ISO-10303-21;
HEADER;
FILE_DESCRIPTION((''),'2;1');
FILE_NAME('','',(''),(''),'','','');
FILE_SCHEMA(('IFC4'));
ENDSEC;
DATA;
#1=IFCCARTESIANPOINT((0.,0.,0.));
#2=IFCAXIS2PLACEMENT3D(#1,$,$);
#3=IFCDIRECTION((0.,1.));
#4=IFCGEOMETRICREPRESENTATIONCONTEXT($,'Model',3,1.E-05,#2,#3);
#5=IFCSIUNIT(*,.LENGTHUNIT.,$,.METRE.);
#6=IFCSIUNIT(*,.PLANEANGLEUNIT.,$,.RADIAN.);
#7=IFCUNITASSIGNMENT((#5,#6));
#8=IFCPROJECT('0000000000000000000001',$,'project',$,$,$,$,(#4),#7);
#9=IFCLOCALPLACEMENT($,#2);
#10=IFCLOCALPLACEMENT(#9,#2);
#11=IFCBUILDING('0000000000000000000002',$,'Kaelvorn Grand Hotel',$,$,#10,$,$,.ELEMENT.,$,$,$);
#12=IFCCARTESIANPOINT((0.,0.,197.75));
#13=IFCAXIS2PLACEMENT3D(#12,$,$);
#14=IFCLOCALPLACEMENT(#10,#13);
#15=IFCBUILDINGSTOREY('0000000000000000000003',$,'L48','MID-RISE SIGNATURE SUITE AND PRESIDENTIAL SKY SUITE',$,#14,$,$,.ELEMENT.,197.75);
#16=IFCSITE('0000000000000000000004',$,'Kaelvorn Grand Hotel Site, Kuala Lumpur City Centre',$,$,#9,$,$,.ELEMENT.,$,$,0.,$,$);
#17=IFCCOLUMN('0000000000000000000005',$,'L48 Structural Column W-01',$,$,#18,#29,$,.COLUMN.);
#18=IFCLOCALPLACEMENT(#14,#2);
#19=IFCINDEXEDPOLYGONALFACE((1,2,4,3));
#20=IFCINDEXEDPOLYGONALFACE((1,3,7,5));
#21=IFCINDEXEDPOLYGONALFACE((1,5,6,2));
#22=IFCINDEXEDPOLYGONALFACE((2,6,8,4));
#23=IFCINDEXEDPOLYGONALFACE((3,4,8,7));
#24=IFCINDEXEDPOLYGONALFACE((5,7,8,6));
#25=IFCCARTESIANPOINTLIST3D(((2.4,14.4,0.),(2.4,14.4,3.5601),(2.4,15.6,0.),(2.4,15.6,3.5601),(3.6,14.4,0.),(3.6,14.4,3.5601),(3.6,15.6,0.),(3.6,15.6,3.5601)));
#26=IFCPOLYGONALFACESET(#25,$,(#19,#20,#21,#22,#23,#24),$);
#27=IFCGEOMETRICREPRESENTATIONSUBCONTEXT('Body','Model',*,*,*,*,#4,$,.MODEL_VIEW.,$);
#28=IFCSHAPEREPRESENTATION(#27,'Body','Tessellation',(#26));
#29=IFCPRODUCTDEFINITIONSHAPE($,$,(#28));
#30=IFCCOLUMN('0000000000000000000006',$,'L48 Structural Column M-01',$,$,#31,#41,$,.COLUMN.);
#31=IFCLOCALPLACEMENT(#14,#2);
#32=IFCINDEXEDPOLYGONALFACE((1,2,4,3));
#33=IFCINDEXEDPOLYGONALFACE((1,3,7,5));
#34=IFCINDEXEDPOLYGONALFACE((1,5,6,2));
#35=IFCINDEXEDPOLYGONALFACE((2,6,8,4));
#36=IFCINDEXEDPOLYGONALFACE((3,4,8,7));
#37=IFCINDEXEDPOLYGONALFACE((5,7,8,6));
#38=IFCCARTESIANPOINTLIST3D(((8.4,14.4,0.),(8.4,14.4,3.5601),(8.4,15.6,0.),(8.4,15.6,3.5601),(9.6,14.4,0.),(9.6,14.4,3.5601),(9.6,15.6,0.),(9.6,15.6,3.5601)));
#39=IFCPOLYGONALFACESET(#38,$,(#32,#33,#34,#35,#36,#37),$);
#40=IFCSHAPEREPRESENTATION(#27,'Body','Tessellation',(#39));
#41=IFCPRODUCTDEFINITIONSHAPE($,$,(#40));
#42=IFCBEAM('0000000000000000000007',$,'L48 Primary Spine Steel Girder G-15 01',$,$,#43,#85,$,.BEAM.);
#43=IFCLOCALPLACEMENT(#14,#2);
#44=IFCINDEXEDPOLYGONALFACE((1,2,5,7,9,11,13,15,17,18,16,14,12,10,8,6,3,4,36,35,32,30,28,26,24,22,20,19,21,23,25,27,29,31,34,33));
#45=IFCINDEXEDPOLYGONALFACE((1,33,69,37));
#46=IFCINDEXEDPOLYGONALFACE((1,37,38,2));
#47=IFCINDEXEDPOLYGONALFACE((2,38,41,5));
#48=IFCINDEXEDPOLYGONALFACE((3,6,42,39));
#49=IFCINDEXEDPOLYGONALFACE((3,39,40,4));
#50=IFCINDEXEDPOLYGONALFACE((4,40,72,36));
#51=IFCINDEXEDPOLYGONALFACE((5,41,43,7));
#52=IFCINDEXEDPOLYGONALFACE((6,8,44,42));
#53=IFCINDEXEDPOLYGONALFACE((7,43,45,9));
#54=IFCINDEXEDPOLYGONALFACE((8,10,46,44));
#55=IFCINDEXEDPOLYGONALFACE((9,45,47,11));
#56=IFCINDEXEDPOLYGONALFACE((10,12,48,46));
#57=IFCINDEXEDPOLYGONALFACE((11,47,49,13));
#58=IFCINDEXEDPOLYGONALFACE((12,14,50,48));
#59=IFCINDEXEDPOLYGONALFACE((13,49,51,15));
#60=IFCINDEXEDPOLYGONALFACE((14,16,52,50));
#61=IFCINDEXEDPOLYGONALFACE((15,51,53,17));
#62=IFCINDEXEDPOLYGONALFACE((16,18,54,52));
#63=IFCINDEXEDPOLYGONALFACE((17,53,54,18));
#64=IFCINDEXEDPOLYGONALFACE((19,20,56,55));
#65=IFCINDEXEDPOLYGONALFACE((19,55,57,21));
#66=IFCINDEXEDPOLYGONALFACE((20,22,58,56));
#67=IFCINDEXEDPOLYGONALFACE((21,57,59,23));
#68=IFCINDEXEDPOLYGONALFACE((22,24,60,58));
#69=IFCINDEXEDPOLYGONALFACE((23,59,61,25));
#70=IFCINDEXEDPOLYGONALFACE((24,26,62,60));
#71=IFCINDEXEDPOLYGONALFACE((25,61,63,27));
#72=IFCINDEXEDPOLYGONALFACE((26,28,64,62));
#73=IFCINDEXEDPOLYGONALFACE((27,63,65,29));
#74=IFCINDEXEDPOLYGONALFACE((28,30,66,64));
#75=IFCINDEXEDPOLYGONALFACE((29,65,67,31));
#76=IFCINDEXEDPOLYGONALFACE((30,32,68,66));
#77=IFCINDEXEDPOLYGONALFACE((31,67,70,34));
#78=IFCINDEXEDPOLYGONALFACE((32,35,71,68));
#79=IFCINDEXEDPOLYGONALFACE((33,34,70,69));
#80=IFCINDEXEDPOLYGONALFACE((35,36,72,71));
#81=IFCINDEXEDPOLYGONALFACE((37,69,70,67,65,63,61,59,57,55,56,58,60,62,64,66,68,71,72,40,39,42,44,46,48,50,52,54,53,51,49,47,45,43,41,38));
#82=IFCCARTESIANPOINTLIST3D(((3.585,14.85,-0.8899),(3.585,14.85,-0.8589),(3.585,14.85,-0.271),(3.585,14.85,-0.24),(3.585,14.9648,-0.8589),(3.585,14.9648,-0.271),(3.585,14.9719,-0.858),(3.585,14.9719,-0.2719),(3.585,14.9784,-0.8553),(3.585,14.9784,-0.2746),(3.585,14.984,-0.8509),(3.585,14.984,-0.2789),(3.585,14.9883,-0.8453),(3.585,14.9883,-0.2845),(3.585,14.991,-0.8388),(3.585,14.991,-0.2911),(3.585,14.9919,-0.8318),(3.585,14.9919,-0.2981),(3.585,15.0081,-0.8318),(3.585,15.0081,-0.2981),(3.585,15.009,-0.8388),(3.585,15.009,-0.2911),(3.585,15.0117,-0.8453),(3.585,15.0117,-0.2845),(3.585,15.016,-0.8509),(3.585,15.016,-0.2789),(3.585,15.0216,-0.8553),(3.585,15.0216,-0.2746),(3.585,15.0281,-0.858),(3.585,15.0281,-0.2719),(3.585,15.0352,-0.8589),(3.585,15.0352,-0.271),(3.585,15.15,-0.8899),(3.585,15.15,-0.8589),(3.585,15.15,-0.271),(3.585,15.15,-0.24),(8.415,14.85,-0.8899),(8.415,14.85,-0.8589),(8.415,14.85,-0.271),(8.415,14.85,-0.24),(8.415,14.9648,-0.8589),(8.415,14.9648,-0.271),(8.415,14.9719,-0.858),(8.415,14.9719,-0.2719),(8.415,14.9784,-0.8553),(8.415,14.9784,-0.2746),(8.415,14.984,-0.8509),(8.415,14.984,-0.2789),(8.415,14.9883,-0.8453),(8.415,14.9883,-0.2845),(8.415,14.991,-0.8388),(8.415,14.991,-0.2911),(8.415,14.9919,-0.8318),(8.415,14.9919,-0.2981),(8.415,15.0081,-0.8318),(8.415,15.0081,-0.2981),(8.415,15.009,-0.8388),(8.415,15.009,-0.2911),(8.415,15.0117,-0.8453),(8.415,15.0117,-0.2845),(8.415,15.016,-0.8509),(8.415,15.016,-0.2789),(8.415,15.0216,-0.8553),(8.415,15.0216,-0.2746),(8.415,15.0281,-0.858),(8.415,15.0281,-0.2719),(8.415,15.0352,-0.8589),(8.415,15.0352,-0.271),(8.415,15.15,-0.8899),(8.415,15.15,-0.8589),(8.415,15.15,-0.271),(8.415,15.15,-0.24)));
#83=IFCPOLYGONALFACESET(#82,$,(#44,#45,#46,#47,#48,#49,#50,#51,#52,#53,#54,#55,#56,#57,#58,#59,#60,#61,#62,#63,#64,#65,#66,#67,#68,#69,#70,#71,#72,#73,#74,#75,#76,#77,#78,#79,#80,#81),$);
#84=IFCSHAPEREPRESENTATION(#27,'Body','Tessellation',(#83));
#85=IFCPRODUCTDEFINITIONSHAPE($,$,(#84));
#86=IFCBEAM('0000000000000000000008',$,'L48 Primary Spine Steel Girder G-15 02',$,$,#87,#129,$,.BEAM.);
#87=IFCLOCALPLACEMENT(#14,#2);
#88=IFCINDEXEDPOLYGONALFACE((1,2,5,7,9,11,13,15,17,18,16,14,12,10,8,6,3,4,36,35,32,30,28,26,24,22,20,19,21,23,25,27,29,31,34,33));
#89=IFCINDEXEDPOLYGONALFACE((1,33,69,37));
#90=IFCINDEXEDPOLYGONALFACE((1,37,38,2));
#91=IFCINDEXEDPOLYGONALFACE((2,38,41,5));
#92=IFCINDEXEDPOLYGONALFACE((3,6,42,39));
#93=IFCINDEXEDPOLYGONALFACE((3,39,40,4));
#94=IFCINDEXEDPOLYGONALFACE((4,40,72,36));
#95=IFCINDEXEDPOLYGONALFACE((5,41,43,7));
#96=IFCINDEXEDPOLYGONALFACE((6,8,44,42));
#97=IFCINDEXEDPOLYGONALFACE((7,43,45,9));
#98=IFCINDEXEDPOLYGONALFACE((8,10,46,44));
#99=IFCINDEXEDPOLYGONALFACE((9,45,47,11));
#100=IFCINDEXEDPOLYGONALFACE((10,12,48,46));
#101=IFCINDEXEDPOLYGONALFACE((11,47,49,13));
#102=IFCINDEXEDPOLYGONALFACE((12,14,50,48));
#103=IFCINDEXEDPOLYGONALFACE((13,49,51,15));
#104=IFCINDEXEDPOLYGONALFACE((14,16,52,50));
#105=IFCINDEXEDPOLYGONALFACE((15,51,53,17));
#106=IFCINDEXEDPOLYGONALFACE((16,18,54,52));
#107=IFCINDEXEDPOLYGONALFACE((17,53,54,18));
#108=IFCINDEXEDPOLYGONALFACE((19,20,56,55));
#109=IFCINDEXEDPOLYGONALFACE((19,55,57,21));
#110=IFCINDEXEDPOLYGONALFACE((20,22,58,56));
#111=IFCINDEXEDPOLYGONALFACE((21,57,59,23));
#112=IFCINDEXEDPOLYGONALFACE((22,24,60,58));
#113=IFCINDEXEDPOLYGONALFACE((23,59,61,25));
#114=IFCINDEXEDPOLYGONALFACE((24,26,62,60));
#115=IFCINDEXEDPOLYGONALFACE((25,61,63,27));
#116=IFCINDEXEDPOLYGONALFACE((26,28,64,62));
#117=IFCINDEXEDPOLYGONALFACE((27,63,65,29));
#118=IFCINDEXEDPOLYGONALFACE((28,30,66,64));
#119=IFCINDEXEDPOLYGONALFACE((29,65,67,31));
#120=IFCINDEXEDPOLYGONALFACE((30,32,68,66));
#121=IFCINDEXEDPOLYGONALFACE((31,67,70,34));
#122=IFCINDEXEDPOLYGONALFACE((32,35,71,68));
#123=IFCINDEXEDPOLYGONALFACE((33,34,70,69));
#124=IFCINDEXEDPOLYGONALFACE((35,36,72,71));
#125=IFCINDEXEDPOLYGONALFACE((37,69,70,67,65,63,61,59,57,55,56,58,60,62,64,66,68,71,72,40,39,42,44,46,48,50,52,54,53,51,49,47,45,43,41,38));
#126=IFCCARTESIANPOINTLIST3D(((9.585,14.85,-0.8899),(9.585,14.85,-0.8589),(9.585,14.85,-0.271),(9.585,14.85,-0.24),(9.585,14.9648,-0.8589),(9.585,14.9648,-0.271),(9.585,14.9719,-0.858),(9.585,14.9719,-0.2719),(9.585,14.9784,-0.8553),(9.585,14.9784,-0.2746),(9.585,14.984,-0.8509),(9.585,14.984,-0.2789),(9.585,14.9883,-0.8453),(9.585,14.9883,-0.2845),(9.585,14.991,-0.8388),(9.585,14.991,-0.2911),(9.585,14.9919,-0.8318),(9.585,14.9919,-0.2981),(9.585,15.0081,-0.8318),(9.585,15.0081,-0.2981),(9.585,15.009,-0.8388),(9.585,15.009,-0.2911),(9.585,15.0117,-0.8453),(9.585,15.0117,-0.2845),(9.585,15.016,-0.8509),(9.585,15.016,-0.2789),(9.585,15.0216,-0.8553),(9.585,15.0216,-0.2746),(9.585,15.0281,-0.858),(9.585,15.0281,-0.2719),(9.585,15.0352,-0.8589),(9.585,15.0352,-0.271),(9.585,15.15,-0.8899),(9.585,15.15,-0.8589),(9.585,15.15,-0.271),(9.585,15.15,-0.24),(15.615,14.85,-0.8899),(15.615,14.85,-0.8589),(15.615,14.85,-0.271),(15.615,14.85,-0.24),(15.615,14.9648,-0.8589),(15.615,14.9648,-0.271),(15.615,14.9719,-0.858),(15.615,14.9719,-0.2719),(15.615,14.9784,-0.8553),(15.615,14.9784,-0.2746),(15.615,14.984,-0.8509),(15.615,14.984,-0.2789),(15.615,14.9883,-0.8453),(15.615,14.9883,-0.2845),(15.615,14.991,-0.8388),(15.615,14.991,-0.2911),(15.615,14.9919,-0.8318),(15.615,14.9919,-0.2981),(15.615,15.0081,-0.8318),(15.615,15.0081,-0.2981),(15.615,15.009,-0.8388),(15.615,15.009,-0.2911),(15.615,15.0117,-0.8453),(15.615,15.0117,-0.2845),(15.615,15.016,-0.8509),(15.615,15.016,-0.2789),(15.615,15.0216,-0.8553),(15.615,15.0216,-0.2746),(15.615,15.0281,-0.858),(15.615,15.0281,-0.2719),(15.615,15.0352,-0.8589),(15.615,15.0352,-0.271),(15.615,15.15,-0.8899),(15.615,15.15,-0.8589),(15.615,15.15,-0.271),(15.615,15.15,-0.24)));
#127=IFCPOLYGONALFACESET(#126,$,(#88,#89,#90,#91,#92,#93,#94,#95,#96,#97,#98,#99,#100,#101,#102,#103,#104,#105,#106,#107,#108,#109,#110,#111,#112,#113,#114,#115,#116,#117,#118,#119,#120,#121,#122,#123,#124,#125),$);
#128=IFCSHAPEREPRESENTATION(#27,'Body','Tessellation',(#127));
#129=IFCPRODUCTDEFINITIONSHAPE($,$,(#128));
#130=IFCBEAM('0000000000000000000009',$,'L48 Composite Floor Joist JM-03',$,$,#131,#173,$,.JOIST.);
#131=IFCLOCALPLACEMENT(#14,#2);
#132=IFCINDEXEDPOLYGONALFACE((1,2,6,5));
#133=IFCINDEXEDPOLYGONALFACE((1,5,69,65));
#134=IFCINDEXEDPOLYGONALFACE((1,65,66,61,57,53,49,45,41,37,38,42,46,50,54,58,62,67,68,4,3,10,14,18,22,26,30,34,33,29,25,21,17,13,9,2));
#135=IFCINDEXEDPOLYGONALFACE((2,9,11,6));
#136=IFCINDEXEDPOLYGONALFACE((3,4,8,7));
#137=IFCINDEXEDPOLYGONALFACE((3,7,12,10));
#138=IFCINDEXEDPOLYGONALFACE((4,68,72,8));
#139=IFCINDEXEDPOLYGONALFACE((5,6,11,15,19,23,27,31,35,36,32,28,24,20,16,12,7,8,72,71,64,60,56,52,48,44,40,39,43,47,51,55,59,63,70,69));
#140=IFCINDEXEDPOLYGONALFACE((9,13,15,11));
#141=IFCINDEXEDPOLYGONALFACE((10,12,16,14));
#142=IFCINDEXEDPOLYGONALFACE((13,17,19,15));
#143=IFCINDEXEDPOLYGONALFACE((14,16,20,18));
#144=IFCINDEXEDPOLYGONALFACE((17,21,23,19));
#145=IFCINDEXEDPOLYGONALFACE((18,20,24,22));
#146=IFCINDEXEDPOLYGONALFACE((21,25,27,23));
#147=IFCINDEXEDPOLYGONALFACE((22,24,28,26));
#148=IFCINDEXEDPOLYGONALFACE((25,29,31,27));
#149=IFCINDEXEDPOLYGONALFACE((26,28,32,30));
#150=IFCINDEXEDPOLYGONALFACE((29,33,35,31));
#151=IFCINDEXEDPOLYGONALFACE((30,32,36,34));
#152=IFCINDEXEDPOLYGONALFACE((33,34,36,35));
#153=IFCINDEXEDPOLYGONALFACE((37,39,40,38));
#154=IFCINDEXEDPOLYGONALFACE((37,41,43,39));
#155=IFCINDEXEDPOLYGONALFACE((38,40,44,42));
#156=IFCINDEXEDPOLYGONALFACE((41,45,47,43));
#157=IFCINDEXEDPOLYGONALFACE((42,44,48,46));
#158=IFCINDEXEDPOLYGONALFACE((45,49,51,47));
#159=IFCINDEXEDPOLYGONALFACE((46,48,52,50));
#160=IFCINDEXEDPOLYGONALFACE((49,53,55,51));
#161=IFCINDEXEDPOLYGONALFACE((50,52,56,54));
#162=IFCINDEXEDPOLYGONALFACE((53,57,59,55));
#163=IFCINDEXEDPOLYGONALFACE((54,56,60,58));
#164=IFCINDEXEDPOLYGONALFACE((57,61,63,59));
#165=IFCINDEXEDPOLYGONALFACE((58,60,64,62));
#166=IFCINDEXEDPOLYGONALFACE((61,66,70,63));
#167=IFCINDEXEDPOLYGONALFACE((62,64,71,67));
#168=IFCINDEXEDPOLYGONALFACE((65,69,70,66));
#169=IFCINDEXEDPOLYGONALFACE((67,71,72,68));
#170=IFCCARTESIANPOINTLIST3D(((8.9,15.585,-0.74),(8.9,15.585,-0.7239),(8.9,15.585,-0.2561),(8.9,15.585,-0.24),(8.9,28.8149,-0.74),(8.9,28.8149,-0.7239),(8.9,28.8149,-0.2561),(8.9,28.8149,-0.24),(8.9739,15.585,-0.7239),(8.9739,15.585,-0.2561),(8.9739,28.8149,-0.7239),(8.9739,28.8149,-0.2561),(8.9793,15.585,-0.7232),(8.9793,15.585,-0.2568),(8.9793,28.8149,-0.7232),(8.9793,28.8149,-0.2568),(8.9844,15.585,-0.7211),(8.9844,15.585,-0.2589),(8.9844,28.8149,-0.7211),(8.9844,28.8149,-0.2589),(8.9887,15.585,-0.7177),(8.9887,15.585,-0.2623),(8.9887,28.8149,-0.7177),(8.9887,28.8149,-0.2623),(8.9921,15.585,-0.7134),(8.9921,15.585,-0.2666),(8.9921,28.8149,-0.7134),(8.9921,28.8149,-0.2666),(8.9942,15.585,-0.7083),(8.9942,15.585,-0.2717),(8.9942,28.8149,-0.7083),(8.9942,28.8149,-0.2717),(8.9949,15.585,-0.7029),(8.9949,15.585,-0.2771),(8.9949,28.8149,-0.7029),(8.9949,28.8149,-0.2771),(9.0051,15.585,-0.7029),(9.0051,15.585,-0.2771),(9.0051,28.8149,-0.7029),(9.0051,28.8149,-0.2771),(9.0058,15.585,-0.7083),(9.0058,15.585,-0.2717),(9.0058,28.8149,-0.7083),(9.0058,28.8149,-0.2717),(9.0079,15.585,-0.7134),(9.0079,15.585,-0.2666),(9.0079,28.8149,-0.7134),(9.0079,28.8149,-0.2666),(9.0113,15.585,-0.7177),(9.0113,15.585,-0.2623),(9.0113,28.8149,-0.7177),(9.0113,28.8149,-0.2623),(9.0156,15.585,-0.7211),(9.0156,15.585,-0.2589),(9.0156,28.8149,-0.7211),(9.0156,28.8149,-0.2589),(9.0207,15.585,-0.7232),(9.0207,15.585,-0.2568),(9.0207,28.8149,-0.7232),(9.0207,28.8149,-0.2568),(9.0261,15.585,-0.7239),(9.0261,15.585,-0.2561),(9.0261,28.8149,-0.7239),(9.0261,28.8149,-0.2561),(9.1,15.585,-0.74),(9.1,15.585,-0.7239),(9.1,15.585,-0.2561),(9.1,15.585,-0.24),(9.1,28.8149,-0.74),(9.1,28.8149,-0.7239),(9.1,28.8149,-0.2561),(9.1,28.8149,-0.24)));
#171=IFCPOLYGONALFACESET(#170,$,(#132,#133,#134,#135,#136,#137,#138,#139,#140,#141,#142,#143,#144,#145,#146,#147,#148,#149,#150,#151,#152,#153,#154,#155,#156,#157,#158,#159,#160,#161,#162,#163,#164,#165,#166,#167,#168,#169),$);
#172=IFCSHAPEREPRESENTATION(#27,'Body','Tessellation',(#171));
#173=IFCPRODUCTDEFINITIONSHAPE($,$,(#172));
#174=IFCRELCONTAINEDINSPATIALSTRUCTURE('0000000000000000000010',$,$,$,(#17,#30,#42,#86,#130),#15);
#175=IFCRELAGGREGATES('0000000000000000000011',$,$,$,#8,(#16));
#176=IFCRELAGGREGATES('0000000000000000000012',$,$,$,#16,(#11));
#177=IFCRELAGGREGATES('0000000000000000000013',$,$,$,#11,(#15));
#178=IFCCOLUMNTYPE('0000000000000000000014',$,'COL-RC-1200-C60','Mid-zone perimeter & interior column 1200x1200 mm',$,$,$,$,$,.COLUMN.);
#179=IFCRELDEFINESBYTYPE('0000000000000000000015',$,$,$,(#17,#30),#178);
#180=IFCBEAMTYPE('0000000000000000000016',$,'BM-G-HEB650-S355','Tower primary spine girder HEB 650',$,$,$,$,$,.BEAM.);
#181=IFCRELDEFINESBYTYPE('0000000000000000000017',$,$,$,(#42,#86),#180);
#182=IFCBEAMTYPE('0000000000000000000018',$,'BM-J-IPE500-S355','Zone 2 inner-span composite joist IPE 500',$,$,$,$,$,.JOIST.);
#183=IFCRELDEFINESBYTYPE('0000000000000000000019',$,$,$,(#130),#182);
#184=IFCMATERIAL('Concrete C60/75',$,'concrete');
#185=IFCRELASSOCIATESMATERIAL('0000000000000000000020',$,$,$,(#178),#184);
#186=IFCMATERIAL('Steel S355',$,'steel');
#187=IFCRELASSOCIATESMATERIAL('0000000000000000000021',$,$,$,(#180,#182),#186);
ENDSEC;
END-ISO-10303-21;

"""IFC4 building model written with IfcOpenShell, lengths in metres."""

from ifc_helpers import new_model, si_unit, direction, frame, origin, origin_2d, place, context, subcontext, project, spatial, rectangle, i_section, extrude, material, material_profile, profile_set, type_object, element, save


model = new_model("IFC4")

# Units and contexts
model_context = context("Model", 3, precision=1e-05, world=origin(), true_north=direction((0.0, 1.0)))
body_context = subcontext(model_context, "Body", "Model", "MODEL_VIEW")
ifc_project = project(units=[si_unit("LENGTHUNIT", "METRE"), si_unit("PLANEANGLEUNIT", "RADIAN")], contexts=[model_context])

# Site, building, storey
site_placement = place(None, origin())
site = spatial("IfcSite", under=ifc_project, at=site_placement, Name="Kaelvorn Grand Hotel Site, Kuala Lumpur City Centre", CompositionType="ELEMENT", RefElevation=0.0)
building_placement = place(site_placement, origin())
building = spatial("IfcBuilding", under=site, at=building_placement, Name="Kaelvorn Grand Hotel", CompositionType="ELEMENT")
storey_placement = place(building_placement, frame((0.0, 0.0, 197.75)))
storey = spatial("IfcBuildingStorey", under=building, at=storey_placement, Name="L48", Description="MID-RISE SIGNATURE SUITE AND PRESIDENTIAL SKY SUITE", CompositionType="ELEMENT", Elevation=197.75)

# Columns
ifc_material_1 = material(Name="Concrete C60/75", Category="concrete")
ifc_material_profile_1 = material_profile(ifc_material_1, rectangle(XDim=1.2, YDim=1.2, at=origin_2d()), Name="RC COL 1200x1200")
ifc_profile_set_1 = profile_set([ifc_material_profile_1], Name="Concrete C60/75")
column_type = type_object("IfcColumnType", Name="COL-RC-1200-C60", Description="Mid-zone perimeter & interior column 1200x1200 mm", PredefinedType="COLUMN", material=ifc_profile_set_1)
for number, where, z_axis, x_axis, name in (
    (1, (3.0, 15.0, 0.0), (0.0, 0.0, 1.0), (1.0, 0.0, 0.0), "L48 Structural Column W-01"),
    (2, (9.0, 15.0, 0.0), (0.0, 0.0, 1.0), (1.0, 0.0, 0.0), "L48 Structural Column M-01"),
):
    element("IfcColumn", number, at=place(storey_placement, frame(where, z_axis=z_axis, x_axis=x_axis)), inside=storey, type_object=column_type, Name=name, PredefinedType="COLUMN", context=body_context, shape_type="SweptSolid", body=[
        extrude(rectangle(XDim=1.2, YDim=1.2, at=origin_2d()), origin(), (0.0, 0.0, 1.0), 3.5601),
    ])

# Beams
ifc_material_2 = material(Name="Steel S355", Category="steel")
ifc_material_profile_2 = material_profile(ifc_material_2, i_section(OverallWidth=0.3, OverallDepth=0.6499, WebThickness=0.0161, FlangeThickness=0.031, FilletRadius=0.0271, at=origin_2d()), Name="HEB 650")
ifc_profile_set_2 = profile_set([ifc_material_profile_2], Name="Steel S355")
beam_type_1 = type_object("IfcBeamType", Name="BM-G-HEB650-S355", Description="Tower primary spine girder HEB 650", PredefinedType="BEAM", material=ifc_profile_set_2)
beam_1_placement = place(storey_placement, frame((3.585, 15.0, -0.5649), z_axis=(1.0, 0.0, 0.0), x_axis=(0.0, 1.0, 0.0)))
element("IfcBeam", 3, at=beam_1_placement, inside=storey, type_object=beam_type_1, Name="L48 Primary Spine Steel Girder G-15 01", PredefinedType="BEAM", context=body_context, shape_type="SweptSolid", body=[
    extrude(i_section(OverallWidth=0.3, OverallDepth=0.6499, WebThickness=0.0161, FlangeThickness=0.031, FilletRadius=0.0271, at=origin_2d()), origin(), (0.0, 0.0, 1.0), 4.8301),
])
beam_2_placement = place(storey_placement, frame((9.585, 15.0, -0.5649), z_axis=(1.0, 0.0, 0.0), x_axis=(0.0, 1.0, 0.0)))
element("IfcBeam", 4, at=beam_2_placement, inside=storey, type_object=beam_type_1, Name="L48 Primary Spine Steel Girder G-15 02", PredefinedType="BEAM", context=body_context, shape_type="SweptSolid", body=[
    extrude(i_section(OverallWidth=0.3, OverallDepth=0.6499, WebThickness=0.0161, FlangeThickness=0.031, FilletRadius=0.0271, at=origin_2d()), origin(), (0.0, 0.0, 1.0), 6.03),
])
ifc_material_profile_3 = material_profile(ifc_material_2, i_section(OverallWidth=0.2, OverallDepth=0.5, WebThickness=0.0103, FlangeThickness=0.0161, FilletRadius=0.021, at=origin_2d()), Name="IPE 500")
ifc_profile_set_3 = profile_set([ifc_material_profile_3], Name="Steel S355")
beam_type_2 = type_object("IfcBeamType", Name="BM-J-IPE500-S355", Description="Zone 2 inner-span composite joist IPE 500", PredefinedType="JOIST", material=ifc_profile_set_3)
beam_3_placement = place(storey_placement, frame((9.0, 15.585, -0.49), z_axis=(0.0, 1.0, 0.0), x_axis=(-1.0, 0.0, 0.0)))
element("IfcBeam", 5, at=beam_3_placement, inside=storey, type_object=beam_type_2, Name="L48 Composite Floor Joist JM-03", PredefinedType="JOIST", context=body_context, shape_type="SweptSolid", body=[
    extrude(i_section(OverallWidth=0.2, OverallDepth=0.5, WebThickness=0.0103, FlangeThickness=0.0161, FilletRadius=0.021, at=origin_2d()), origin(), (0.0, 0.0, 1.0), 13.23),
])

save(model, "model.ifc")
